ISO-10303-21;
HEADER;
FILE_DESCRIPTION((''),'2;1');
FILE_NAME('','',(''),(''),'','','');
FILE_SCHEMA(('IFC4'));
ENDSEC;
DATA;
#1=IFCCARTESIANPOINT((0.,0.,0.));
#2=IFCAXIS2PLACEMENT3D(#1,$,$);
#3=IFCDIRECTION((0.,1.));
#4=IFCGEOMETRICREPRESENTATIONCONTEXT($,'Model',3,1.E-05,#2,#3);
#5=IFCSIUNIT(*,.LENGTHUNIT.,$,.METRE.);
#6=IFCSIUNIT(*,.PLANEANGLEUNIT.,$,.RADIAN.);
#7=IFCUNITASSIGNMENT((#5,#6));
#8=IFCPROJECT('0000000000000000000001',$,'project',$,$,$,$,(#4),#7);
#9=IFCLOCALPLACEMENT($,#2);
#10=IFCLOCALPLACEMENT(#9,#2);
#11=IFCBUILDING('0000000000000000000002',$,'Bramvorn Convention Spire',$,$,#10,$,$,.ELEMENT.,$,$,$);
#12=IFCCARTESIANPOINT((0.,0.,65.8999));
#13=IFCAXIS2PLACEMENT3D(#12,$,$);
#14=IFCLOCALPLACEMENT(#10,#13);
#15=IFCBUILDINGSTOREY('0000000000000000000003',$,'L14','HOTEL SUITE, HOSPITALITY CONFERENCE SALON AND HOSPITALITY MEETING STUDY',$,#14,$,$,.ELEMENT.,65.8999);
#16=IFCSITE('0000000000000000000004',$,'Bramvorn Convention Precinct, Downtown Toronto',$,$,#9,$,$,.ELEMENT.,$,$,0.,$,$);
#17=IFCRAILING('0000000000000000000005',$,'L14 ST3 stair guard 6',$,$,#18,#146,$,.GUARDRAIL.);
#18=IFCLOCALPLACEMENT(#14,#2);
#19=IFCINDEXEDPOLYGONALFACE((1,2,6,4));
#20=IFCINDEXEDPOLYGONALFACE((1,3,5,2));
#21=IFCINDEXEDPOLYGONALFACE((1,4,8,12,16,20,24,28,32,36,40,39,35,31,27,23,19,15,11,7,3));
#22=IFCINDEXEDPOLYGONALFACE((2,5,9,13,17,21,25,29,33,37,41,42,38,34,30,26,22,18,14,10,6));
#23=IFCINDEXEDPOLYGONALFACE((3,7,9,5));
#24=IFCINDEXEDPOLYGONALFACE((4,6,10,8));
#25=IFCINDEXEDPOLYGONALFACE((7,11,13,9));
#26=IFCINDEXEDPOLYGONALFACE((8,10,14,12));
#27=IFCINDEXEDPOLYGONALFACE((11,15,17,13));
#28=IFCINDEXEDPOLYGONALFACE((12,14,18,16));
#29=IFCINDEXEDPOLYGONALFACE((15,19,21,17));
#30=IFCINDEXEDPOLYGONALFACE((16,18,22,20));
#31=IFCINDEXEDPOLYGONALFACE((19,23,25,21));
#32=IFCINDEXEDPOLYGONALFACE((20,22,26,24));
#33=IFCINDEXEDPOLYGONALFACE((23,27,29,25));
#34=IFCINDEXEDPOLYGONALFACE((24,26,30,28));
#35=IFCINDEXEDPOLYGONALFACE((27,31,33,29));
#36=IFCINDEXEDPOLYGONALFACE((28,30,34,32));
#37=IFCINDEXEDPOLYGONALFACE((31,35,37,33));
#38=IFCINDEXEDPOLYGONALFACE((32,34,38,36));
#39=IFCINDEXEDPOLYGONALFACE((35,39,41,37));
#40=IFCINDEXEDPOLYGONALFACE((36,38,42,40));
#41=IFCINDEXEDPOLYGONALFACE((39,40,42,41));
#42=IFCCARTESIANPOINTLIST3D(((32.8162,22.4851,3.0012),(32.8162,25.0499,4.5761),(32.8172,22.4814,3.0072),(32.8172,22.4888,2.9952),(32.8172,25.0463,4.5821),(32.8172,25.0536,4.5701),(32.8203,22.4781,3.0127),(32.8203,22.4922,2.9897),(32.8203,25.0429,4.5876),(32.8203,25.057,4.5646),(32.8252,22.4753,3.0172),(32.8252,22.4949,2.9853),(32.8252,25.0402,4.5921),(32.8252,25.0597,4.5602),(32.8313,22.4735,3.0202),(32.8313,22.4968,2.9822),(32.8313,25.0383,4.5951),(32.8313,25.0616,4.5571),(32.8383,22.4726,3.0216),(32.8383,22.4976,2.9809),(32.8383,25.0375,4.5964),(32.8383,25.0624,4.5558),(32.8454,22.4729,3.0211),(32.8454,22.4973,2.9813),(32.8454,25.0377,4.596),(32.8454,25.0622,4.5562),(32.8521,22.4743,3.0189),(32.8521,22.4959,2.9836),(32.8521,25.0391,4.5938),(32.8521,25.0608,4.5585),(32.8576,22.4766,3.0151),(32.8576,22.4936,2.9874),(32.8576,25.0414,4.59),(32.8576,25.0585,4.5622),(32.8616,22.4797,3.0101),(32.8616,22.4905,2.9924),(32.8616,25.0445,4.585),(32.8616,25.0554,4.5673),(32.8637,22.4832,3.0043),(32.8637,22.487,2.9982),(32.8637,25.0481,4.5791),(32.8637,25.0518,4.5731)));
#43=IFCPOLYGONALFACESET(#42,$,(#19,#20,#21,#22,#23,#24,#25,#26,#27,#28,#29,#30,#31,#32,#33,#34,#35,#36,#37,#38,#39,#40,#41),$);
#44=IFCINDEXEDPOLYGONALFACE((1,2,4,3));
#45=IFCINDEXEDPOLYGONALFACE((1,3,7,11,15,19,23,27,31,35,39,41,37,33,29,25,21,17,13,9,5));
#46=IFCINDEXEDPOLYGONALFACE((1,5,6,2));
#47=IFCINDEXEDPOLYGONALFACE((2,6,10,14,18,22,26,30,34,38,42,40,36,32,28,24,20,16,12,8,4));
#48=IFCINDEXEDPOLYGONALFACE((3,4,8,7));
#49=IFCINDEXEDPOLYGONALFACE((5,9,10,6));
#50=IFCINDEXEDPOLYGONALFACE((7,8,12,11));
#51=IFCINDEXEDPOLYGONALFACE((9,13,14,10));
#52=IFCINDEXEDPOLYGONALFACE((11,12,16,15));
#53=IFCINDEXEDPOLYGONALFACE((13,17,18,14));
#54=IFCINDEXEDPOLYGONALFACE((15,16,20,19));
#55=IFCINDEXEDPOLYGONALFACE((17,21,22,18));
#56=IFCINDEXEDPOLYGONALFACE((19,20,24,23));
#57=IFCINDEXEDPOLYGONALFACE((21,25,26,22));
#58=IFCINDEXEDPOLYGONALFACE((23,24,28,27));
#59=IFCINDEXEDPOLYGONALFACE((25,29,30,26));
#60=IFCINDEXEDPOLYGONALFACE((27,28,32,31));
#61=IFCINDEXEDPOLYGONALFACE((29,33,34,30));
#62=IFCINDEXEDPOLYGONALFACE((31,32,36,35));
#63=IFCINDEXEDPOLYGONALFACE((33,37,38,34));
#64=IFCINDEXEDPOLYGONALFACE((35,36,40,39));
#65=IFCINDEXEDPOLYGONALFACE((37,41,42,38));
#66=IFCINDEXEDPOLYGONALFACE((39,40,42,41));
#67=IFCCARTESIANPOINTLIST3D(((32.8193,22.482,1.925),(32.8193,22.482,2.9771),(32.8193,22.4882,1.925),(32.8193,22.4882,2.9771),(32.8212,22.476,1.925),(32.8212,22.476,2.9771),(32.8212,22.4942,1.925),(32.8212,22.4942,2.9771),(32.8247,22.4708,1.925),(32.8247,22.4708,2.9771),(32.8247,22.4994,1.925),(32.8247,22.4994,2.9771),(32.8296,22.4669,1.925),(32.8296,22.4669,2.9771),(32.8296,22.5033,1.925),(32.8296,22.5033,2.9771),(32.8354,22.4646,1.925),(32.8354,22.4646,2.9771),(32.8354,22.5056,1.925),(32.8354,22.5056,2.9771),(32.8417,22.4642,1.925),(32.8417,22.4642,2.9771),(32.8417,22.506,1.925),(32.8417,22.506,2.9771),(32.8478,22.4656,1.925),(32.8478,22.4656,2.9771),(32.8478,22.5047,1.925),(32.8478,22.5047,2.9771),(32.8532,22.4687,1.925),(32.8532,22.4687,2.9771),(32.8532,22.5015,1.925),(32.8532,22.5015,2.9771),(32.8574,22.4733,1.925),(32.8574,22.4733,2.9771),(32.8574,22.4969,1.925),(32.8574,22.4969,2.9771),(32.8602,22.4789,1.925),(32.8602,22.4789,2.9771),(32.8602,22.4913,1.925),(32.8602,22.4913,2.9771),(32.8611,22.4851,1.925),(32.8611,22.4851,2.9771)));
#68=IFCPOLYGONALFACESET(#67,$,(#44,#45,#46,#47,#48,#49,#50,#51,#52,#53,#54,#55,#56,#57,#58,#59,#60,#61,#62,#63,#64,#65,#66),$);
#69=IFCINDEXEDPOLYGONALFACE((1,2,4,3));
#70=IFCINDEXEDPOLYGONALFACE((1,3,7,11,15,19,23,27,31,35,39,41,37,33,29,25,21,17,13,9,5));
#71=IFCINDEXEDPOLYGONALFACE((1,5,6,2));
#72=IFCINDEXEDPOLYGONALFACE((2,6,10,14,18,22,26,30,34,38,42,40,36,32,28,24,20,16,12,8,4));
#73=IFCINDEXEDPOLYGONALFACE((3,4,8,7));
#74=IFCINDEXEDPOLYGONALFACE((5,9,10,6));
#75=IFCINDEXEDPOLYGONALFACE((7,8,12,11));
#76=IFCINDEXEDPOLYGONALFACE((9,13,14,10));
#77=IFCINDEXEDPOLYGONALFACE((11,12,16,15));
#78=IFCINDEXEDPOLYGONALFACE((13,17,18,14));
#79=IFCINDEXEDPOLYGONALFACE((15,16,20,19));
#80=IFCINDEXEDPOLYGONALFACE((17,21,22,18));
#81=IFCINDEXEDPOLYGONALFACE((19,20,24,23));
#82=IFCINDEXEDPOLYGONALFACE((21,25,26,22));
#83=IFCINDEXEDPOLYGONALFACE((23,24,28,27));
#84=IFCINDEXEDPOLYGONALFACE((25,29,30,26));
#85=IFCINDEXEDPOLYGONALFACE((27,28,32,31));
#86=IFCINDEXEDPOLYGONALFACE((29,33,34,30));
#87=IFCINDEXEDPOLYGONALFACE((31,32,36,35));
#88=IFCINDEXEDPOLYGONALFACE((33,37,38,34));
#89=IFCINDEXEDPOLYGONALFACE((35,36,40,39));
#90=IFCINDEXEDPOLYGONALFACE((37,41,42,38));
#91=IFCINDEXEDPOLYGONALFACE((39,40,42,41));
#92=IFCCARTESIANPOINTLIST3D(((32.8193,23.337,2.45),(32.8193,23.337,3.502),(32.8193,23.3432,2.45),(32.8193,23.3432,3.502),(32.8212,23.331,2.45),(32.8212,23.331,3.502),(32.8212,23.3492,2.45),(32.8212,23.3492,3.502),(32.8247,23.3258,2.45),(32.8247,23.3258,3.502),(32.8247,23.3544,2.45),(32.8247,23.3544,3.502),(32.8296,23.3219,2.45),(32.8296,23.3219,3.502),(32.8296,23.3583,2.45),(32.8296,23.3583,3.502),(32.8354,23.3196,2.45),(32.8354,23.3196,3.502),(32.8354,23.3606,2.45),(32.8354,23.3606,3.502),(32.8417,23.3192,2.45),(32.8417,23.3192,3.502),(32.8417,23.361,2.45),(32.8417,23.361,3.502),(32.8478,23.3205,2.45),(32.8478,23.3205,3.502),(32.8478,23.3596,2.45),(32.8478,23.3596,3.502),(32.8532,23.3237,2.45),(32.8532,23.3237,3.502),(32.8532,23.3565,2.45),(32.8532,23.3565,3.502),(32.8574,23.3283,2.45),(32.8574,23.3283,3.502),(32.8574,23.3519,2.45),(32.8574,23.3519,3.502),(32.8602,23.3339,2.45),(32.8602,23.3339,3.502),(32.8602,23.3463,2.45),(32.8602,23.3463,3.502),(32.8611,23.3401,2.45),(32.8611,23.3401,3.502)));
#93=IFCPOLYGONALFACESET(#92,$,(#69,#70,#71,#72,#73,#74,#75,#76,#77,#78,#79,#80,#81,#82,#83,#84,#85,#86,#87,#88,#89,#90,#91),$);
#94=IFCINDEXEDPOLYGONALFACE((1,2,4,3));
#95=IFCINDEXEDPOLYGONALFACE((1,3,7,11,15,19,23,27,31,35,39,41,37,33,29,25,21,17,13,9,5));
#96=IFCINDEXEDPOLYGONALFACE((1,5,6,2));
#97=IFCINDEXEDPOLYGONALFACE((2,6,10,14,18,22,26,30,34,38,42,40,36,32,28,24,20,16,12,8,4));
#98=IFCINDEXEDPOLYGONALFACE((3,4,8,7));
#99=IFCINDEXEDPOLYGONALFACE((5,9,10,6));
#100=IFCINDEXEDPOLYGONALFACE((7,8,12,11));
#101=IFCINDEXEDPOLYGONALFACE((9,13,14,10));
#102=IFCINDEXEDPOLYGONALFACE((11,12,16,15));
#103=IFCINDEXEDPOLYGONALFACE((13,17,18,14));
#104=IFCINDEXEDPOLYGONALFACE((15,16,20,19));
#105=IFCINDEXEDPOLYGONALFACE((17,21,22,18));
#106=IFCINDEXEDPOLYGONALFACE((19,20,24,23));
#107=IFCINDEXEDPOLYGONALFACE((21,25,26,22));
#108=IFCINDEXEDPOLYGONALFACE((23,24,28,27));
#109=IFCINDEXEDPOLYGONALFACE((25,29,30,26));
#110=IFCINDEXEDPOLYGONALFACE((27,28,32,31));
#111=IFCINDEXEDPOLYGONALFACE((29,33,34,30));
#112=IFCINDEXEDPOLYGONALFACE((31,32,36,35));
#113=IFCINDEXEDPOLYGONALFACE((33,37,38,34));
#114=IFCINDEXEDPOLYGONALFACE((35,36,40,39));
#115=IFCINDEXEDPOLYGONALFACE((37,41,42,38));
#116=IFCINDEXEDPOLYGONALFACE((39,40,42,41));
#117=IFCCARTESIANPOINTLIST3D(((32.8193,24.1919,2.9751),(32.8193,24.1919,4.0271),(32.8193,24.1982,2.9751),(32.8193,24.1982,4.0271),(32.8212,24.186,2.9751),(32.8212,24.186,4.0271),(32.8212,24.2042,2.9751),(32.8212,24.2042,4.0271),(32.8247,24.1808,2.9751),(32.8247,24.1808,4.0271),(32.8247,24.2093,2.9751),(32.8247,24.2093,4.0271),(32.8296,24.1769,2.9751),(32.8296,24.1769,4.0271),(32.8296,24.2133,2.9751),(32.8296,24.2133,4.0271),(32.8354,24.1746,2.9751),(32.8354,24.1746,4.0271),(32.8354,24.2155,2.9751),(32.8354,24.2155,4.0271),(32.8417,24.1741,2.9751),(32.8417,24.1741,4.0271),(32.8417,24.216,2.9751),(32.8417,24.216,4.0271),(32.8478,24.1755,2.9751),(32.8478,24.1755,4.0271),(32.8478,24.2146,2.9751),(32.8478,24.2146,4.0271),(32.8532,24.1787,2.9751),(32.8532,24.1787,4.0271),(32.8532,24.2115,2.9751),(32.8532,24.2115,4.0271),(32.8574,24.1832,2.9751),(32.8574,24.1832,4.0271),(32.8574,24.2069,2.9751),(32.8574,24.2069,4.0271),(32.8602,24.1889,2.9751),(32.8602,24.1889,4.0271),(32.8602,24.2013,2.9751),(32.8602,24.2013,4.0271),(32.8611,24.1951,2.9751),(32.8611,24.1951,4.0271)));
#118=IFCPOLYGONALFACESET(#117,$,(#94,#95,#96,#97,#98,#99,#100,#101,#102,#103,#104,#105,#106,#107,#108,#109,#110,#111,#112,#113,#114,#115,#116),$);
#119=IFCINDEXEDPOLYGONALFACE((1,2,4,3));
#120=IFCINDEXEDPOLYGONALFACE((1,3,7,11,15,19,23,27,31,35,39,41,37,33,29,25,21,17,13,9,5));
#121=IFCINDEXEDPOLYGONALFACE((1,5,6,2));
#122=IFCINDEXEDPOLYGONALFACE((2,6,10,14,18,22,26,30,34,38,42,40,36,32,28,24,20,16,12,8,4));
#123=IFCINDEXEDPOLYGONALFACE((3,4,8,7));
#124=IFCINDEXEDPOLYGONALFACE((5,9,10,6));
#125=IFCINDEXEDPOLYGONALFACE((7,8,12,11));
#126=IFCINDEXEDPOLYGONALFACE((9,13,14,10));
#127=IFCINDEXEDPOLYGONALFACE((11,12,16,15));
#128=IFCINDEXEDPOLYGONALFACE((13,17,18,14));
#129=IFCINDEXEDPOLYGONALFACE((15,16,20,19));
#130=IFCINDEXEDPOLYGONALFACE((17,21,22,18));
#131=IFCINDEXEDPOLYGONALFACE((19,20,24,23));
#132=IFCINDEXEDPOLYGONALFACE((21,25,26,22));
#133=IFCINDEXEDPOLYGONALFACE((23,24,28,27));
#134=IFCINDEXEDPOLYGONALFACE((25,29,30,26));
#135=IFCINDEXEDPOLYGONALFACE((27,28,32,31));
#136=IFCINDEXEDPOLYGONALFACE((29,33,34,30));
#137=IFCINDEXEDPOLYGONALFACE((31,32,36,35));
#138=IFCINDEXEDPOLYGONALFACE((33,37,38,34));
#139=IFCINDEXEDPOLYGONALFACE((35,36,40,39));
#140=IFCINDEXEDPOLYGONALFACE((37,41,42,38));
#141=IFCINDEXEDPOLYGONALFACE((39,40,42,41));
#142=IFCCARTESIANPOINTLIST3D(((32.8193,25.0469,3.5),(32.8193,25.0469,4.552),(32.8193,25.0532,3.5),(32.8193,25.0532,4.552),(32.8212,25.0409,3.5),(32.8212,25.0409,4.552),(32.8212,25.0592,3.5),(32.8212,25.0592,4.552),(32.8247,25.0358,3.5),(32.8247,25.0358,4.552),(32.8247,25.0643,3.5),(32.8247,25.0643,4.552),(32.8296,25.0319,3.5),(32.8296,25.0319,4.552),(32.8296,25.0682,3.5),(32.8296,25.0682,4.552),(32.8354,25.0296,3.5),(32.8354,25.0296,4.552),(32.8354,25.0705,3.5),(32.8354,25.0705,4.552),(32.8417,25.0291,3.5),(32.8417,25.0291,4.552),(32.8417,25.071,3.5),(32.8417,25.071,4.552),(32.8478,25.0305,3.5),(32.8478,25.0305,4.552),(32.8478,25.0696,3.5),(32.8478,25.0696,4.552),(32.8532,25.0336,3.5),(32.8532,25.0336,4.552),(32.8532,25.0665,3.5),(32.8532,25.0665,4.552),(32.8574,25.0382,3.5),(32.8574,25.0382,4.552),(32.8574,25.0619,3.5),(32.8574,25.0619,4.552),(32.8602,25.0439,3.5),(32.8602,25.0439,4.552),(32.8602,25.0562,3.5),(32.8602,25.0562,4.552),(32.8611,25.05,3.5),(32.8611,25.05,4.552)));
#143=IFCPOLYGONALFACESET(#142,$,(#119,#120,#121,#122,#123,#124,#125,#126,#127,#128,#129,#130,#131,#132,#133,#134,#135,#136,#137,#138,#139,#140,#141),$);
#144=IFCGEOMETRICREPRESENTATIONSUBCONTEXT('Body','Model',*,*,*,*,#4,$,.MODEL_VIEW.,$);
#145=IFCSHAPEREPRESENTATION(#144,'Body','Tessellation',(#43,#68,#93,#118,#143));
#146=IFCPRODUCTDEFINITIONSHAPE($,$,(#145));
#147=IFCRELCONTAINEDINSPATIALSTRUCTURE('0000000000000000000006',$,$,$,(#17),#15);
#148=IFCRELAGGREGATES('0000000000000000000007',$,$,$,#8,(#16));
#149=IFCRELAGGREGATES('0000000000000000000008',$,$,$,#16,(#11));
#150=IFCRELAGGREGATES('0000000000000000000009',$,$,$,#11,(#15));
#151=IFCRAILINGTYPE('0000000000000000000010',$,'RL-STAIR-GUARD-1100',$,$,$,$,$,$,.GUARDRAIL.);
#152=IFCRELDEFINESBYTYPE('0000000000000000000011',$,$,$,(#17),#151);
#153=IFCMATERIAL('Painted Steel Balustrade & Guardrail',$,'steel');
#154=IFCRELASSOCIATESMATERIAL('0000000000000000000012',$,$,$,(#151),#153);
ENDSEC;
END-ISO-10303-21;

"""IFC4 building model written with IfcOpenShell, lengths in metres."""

from ifc_helpers import new_model, si_unit, direction, frame, origin, origin_2d, place, context, subcontext, project, spatial, circle, extrude, material, type_object, element, save


model = new_model("IFC4")

# Units and contexts
model_context = context("Model", 3, precision=1e-05, world=origin(), true_north=direction((0.0, 1.0)))
body_context = subcontext(model_context, "Body", "Model", "MODEL_VIEW")
ifc_project = project(units=[si_unit("LENGTHUNIT", "METRE"), si_unit("PLANEANGLEUNIT", "RADIAN")], contexts=[model_context])

# Site, building, storey
site_placement = place(None, origin())
site = spatial("IfcSite", under=ifc_project, at=site_placement, Name="Bramvorn Convention Precinct, Downtown Toronto", CompositionType="ELEMENT", RefElevation=0.0)
building_placement = place(site_placement, origin())
building = spatial("IfcBuilding", under=site, at=building_placement, Name="Bramvorn Convention Spire", CompositionType="ELEMENT")
storey_placement = place(building_placement, frame((0.0, 0.0, 65.8999)))
storey = spatial("IfcBuildingStorey", under=building, at=storey_placement, Name="L14", Description="HOTEL SUITE, HOSPITALITY CONFERENCE SALON AND HOSPITALITY MEETING STUDY", CompositionType="ELEMENT", Elevation=65.8999)

# Railing
ifc_material_1 = material(Name="Painted Steel Balustrade & Guardrail", Category="steel")
railing_type_1 = type_object("IfcRailingType", Name="RL-STAIR-GUARD-1100", PredefinedType="GUARDRAIL", material=ifc_material_1)
railing_1_placement = place(storey_placement, frame((32.8401, 22.4851, 1.925)))
element("IfcRailing", 1, at=railing_1_placement, inside=storey, type_object=railing_type_1, Name="L14 ST3 stair guard 6", PredefinedType="GUARDRAIL", context=body_context, shape_type="SweptSolid", body=[
    extrude(circle(Radius=0.0239, at=origin_2d()), frame((0.0, 0.0, 1.0762), z_axis=(0.0, 0.852173, 0.52326), x_axis=(-1.0, 0.0, 0.0)), (0.0, 0.0, 1.0), 3.0098),
    extrude(circle(Radius=0.021, at=origin_2d()), origin(), (0.0, 0.0, 1.0), 1.052),
    extrude(circle(Radius=0.021, at=origin_2d()), frame((0.0, 0.855, 0.5249)), (0.0, 0.0, 1.0), 1.052),
    extrude(circle(Radius=0.021, at=origin_2d()), frame((0.0, 1.71, 1.05)), (0.0, 0.0, 1.0), 1.052),
    extrude(circle(Radius=0.021, at=origin_2d()), frame((0.0, 2.5649, 1.575)), (0.0, 0.0, 1.0), 1.052),
])

save(model, "model.ifc")
